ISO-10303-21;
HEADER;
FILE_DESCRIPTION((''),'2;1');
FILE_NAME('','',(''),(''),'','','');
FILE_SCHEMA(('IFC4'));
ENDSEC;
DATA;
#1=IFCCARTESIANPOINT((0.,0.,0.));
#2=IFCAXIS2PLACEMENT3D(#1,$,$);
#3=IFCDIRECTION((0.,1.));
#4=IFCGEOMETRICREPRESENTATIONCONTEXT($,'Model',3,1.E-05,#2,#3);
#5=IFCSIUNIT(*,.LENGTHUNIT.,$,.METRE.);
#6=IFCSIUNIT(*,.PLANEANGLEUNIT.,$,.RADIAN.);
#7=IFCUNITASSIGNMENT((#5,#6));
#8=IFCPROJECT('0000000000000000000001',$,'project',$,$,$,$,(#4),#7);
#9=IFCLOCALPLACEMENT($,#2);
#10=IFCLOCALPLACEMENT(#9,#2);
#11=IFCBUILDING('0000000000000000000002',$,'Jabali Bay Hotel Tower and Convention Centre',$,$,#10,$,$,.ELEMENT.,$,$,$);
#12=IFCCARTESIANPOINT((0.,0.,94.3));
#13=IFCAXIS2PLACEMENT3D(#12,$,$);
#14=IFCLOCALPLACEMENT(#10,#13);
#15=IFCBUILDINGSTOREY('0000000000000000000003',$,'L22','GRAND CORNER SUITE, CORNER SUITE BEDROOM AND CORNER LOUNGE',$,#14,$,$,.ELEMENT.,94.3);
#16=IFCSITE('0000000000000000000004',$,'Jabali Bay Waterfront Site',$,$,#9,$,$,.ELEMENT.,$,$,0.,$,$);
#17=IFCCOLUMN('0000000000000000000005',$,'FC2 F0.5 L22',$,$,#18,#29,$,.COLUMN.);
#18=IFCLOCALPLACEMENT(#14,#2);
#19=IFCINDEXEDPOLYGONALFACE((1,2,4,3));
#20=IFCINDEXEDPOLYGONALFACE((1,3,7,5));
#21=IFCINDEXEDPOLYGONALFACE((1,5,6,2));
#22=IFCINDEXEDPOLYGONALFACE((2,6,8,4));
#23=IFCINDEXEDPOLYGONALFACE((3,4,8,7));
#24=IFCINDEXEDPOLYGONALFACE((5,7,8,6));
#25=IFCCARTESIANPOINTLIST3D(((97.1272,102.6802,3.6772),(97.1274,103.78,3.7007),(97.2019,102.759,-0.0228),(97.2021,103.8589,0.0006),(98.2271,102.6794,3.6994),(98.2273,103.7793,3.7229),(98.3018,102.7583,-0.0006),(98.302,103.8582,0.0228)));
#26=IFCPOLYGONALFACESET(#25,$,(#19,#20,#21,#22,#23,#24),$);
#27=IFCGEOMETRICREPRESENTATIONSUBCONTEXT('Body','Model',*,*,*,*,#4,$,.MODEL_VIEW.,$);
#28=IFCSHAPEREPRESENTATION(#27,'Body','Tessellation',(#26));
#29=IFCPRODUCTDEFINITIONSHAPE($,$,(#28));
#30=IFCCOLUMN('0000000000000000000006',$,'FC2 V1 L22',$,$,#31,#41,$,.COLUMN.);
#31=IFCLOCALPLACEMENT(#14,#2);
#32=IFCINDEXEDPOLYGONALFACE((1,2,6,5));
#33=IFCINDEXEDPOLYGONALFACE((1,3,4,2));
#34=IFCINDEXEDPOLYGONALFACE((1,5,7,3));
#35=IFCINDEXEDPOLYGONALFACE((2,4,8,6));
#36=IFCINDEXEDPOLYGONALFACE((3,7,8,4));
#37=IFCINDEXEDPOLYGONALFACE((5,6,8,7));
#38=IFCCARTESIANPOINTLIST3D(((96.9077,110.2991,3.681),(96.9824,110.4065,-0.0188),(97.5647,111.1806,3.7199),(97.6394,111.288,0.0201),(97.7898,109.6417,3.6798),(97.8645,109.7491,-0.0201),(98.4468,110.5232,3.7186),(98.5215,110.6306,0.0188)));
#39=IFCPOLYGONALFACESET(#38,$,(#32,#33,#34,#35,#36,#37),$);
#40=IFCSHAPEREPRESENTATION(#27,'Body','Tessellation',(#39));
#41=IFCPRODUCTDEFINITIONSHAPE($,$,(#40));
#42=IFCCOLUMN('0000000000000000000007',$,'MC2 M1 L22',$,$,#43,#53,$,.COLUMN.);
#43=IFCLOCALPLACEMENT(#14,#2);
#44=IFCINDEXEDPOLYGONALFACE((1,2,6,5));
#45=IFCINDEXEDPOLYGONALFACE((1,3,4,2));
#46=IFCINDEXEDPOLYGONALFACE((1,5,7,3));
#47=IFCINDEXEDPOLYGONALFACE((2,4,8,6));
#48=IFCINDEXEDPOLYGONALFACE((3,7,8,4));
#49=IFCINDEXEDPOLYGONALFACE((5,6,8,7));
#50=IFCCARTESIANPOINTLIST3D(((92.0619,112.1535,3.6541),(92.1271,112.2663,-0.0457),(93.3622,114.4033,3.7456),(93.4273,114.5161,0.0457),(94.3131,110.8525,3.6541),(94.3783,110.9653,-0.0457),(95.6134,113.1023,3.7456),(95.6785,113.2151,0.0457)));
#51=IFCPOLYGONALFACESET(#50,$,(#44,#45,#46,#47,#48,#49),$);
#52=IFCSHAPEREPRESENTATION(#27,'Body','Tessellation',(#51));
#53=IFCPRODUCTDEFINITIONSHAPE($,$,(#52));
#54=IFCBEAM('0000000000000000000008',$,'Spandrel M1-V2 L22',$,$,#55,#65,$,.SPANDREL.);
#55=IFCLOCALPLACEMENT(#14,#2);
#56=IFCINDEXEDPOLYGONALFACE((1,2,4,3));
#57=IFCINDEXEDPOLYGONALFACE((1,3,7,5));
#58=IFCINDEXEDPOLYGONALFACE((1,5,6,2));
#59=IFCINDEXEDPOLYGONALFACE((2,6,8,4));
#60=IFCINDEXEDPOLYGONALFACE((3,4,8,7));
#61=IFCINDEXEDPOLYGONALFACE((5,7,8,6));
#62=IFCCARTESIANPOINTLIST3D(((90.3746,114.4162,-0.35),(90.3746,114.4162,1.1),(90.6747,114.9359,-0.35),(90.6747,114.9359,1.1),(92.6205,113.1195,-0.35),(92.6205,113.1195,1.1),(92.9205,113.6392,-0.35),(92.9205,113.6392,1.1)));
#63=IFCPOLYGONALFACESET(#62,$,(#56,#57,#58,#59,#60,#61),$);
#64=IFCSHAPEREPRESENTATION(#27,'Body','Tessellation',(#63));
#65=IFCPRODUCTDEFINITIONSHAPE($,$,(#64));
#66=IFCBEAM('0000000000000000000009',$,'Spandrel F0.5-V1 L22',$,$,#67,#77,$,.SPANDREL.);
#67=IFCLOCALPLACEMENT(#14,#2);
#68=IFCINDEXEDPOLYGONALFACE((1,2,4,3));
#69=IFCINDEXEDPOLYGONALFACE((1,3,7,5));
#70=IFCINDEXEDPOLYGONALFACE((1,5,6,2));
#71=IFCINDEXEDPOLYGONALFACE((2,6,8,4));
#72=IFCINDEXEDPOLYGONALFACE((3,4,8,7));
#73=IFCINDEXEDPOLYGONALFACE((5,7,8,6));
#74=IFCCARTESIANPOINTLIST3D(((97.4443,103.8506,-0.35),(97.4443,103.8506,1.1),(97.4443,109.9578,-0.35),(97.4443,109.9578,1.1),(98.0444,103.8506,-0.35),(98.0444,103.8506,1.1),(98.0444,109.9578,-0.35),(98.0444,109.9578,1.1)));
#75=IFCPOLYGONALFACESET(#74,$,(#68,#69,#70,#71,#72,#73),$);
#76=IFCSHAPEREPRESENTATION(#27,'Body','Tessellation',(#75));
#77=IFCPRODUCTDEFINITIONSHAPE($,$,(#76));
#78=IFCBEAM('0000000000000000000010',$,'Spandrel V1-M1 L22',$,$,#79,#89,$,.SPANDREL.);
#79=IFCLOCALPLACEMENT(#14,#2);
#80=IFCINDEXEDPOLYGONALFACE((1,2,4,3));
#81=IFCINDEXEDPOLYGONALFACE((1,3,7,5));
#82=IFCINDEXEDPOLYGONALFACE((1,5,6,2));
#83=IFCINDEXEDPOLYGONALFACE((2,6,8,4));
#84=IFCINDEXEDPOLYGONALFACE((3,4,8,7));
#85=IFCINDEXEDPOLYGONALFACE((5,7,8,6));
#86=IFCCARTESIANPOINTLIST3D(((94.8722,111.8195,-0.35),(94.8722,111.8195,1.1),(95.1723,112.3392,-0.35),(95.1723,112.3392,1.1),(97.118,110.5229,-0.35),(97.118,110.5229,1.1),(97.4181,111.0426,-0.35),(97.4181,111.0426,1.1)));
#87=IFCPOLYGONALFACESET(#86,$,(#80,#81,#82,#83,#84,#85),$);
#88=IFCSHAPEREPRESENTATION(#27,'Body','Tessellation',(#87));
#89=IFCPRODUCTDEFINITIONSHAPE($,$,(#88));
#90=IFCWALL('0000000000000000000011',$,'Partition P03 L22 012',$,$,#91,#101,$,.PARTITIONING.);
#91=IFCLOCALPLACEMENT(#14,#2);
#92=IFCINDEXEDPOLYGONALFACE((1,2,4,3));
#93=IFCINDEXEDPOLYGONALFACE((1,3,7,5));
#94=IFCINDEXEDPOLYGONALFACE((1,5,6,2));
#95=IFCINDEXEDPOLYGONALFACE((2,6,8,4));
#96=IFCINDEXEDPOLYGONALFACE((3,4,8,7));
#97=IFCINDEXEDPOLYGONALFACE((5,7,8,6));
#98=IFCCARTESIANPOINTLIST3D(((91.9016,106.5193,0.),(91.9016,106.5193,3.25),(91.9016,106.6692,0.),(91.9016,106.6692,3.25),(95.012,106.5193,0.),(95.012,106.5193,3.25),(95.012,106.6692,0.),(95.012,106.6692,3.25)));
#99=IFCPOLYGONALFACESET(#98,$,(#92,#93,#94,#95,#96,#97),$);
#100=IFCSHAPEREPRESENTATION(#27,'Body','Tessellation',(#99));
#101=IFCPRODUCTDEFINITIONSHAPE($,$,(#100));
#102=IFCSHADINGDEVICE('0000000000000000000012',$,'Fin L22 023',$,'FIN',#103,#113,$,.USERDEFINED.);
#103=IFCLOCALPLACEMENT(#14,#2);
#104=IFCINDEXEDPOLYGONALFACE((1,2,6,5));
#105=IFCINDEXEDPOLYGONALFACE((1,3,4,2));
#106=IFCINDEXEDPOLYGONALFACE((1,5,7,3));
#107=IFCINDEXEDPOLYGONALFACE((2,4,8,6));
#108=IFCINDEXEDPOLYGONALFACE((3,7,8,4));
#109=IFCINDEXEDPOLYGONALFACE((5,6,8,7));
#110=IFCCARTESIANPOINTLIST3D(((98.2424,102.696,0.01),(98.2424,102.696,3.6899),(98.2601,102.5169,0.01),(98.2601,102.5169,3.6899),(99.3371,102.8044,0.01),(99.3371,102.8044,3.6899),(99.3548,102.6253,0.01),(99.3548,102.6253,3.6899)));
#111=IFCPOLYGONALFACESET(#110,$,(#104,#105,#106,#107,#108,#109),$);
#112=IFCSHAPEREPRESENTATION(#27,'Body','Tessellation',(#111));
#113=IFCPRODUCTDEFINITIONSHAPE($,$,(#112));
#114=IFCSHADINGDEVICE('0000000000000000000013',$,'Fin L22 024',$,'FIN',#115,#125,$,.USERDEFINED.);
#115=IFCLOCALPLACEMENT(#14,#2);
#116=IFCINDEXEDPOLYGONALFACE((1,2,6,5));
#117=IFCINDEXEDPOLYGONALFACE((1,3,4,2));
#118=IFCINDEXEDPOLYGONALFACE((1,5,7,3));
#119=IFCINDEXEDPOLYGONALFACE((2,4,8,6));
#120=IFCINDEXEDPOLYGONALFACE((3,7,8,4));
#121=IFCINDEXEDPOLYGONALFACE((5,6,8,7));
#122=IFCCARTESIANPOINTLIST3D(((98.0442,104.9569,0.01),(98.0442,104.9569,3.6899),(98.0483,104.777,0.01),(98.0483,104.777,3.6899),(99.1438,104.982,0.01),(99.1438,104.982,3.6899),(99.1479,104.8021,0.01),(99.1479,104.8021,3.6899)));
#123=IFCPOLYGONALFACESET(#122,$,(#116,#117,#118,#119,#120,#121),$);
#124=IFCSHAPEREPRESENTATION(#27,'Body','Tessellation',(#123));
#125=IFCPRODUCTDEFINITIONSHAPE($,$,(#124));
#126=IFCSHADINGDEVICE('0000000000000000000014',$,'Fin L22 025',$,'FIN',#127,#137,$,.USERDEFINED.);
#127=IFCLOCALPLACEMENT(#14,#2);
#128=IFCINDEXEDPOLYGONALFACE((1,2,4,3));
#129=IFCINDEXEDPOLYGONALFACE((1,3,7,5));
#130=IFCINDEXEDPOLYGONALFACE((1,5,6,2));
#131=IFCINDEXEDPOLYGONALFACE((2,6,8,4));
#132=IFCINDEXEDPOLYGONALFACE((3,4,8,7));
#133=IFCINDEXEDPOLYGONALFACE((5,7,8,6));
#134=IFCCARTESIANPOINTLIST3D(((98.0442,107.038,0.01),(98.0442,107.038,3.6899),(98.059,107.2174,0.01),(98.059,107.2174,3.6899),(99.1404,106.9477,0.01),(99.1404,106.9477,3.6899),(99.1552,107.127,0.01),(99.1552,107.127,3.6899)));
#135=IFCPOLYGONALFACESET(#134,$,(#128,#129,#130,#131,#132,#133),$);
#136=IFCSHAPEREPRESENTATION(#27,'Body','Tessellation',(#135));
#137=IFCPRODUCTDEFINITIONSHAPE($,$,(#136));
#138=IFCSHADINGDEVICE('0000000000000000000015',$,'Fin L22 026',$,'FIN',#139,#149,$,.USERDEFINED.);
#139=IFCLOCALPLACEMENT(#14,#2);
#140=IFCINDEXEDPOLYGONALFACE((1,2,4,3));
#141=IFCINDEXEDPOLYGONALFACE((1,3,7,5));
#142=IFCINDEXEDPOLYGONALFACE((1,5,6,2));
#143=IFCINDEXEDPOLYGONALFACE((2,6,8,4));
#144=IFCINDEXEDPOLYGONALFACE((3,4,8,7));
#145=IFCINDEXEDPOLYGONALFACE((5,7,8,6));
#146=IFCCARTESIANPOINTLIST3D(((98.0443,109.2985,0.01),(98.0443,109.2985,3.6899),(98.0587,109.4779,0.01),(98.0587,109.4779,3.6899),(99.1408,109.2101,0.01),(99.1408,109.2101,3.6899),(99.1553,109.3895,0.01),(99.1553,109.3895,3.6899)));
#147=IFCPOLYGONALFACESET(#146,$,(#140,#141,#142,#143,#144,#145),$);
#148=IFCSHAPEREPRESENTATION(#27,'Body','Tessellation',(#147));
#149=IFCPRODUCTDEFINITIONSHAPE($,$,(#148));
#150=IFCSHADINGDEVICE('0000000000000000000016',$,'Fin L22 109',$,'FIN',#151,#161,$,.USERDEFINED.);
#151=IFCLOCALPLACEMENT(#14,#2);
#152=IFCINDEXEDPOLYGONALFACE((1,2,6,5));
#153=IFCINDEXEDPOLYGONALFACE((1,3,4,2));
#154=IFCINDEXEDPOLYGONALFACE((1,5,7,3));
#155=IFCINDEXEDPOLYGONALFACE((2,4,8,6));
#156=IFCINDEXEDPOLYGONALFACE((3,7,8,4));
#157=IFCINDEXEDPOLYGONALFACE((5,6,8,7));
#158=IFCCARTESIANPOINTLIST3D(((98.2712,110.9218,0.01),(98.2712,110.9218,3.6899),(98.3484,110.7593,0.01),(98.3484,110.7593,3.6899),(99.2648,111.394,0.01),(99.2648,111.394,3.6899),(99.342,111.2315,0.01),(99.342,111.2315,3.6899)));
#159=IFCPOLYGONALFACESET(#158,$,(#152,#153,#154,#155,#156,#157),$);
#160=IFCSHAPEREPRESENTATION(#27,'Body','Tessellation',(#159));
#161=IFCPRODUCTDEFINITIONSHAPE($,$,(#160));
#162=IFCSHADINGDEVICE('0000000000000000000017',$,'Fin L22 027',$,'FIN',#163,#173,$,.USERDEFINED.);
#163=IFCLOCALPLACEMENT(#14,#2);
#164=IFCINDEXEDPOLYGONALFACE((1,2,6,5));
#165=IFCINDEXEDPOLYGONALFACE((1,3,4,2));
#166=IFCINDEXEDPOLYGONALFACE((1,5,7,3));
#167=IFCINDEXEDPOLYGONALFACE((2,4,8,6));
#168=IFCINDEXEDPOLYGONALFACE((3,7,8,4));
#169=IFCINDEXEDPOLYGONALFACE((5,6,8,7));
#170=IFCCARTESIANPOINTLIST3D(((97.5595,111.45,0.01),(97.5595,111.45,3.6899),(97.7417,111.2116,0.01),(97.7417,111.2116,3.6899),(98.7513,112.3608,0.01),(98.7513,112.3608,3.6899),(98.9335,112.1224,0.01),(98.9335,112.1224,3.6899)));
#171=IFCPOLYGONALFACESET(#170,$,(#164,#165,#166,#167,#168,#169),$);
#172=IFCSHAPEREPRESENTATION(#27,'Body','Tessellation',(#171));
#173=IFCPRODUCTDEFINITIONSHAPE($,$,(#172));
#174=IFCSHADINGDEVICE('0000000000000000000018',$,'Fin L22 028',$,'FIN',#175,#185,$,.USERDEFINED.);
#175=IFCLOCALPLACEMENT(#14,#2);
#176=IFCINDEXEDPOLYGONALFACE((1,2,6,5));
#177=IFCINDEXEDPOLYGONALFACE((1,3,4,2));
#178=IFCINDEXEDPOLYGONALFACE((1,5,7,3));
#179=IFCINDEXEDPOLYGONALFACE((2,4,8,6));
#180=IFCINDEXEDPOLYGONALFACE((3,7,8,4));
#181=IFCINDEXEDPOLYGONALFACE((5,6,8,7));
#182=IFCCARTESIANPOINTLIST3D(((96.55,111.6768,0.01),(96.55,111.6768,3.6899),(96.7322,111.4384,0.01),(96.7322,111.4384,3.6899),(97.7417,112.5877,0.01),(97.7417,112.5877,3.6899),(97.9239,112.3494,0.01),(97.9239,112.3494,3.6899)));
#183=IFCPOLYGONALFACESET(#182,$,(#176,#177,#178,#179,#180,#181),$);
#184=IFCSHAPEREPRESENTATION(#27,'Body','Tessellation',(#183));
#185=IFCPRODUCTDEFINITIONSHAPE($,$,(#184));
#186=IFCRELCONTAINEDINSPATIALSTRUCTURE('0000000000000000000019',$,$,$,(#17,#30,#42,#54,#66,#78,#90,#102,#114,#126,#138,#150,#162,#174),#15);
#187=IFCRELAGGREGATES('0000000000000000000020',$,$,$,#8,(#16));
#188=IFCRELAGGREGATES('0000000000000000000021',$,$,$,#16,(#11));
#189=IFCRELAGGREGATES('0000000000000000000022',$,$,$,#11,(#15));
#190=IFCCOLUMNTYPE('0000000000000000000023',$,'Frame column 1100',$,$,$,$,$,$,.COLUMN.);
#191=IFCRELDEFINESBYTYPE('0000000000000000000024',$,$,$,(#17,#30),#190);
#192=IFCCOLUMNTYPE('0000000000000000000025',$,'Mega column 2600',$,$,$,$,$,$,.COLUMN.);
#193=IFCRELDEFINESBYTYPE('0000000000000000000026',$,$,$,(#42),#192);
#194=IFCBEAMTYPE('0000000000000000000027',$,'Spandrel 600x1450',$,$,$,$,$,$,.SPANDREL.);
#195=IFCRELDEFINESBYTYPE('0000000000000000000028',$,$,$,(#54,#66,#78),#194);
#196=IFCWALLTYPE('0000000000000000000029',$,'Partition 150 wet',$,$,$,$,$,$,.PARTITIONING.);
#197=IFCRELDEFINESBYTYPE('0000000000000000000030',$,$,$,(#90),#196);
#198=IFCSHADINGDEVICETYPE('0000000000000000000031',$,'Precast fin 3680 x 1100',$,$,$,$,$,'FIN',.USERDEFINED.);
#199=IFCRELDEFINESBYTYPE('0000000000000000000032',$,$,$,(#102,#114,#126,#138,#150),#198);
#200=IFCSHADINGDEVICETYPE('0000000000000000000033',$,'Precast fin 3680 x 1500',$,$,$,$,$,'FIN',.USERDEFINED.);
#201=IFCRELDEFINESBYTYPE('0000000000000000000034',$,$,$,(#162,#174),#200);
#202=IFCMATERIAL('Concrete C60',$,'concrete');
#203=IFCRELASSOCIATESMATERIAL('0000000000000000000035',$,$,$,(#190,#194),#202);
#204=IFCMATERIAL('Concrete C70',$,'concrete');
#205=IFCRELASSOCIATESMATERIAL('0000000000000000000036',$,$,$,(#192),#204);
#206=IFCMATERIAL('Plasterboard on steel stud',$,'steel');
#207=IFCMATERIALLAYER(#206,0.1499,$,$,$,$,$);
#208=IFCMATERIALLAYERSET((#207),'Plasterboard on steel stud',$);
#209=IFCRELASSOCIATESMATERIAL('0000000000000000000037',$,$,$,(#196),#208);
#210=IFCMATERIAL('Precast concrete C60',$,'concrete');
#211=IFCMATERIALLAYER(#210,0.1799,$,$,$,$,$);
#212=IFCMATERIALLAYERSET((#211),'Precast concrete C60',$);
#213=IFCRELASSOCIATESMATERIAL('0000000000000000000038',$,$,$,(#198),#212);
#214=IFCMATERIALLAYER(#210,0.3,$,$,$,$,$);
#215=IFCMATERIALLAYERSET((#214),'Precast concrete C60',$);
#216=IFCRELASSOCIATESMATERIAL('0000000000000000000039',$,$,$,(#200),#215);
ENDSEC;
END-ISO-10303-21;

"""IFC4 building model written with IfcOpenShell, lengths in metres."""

from ifc_helpers import new_model, si_unit, direction, frame, frame_2d, origin, origin_2d, place, context, subcontext, project, spatial, rectangle, extrude, material, layer, layer_set, material_profile, profile_set, type_object, element, save


model = new_model("IFC4")

# Units and contexts
model_context = context("Model", 3, precision=1e-05, world=origin(), true_north=direction((0.0, 1.0)))
body_context = subcontext(model_context, "Body", "Model", "MODEL_VIEW")
ifc_project = project(units=[si_unit("LENGTHUNIT", "METRE"), si_unit("PLANEANGLEUNIT", "RADIAN")], contexts=[model_context])

# Site, building, storey
site_placement = place(None, origin())
site = spatial("IfcSite", under=ifc_project, at=site_placement, Name="Jabali Bay Waterfront Site", CompositionType="ELEMENT", RefElevation=0.0)
building_placement = place(site_placement, origin())
building = spatial("IfcBuilding", under=site, at=building_placement, Name="Jabali Bay Hotel Tower and Convention Centre", CompositionType="ELEMENT")
storey_placement = place(building_placement, frame((0.0, 0.0, 94.3)))
storey = spatial("IfcBuildingStorey", under=building, at=storey_placement, Name="L22", Description="GRAND CORNER SUITE, CORNER SUITE BEDROOM AND CORNER LOUNGE", CompositionType="ELEMENT", Elevation=94.3)

# Columns
ifc_material_1 = material(Name="Concrete C60", Category="concrete")
ifc_material_profile_1 = material_profile(ifc_material_1, rectangle(XDim=1.1001, YDim=1.1001, at=origin_2d()), Name="Frame column 1100")
ifc_profile_set_1 = profile_set([ifc_material_profile_1], Name="Concrete C60")
column_type_1 = type_object("IfcColumnType", Name="Frame column 1100", PredefinedType="COLUMN", material=ifc_profile_set_1)
column_1_placement = place(storey_placement, frame((97.752, 103.3086, 0.0), z_axis=(-0.020183, -0.021304, 0.999569), x_axis=(0.999796, -0.000658, 0.020173)))
element("IfcColumn", 1, at=column_1_placement, inside=storey, type_object=column_type_1, Name="FC2 F0.5 L22", PredefinedType="COLUMN", context=body_context, shape_type="SweptSolid", body=[
    extrude(rectangle(XDim=1.1001, YDim=1.1001, at=origin_2d()), origin(), (0.0, 0.0, 1.0), 3.7017),
])
column_2_placement = place(storey_placement, frame((97.752, 110.5186, 0.0), z_axis=(-0.020179, -0.029015, 0.999375), x_axis=(0.597209, 0.801307, 0.035323)))
element("IfcColumn", 2, at=column_2_placement, inside=storey, type_object=column_type_1, Name="FC2 V1 L22", PredefinedType="COLUMN", context=body_context, shape_type="SweptSolid", body=[
    extrude(rectangle(XDim=1.1001, YDim=1.1001, at=origin_2d()), origin(), (0.0, 0.0, 1.0), 3.7021),
])
ifc_material_2 = material(Name="Concrete C70", Category="concrete")
ifc_material_profile_2 = material_profile(ifc_material_2, rectangle(XDim=2.6001, YDim=2.6001, at=origin_2d()), Name="Mega column 2600")
ifc_profile_set_2 = profile_set([ifc_material_profile_2], Name="Concrete C70")
column_type_2 = type_object("IfcColumnType", Name="Mega column 2600", PredefinedType="COLUMN", material=ifc_profile_set_2)
column_3_placement = place(storey_placement, frame((93.9028, 112.7407, 0.0), z_axis=(-0.017607, -0.030466, 0.999381), x_axis=(0.500065, 0.865273, 0.035188)))
element("IfcColumn", 3, at=column_3_placement, inside=storey, type_object=column_type_2, Name="MC2 M1 L22", PredefinedType="COLUMN", context=body_context, shape_type="SweptSolid", body=[
    extrude(rectangle(XDim=2.6001, YDim=2.6001, at=origin_2d()), origin(), (0.0, 0.0, 1.0), 3.7021),
])

# Beams
ifc_material_profile_3 = material_profile(ifc_material_1, rectangle(XDim=0.6001, YDim=1.45, at=origin_2d()), Name="Spandrel 600x1450")
ifc_profile_set_3 = profile_set([ifc_material_profile_3], Name="Concrete C60")
beam_type = type_object("IfcBeamType", Name="Spandrel 600x1450", PredefinedType="SPANDREL", material=ifc_profile_set_3)
beam_1_placement = place(storey_placement, frame((92.7705, 113.3794, 0.375), z_axis=(-0.866027, 0.499997, 0.0), x_axis=(-0.499997, -0.866027, 0.0)))
element("IfcBeam", 4, at=beam_1_placement, inside=storey, type_object=beam_type, Name="Spandrel M1-V2 L22", PredefinedType="SPANDREL", context=body_context, shape_type="SweptSolid", body=[
    extrude(rectangle(XDim=0.6001, YDim=1.45, at=origin_2d()), origin(), (0.0, 0.0, 1.0), 2.5933),
])
beam_2_placement = place(storey_placement, frame((97.7444, 103.8506, 0.375), z_axis=(0.0, 1.0, 0.0), x_axis=(-1.0, 0.0, 0.0)))
element("IfcBeam", 5, at=beam_2_placement, inside=storey, type_object=beam_type, Name="Spandrel F0.5-V1 L22", PredefinedType="SPANDREL", context=body_context, shape_type="SweptSolid", body=[
    extrude(rectangle(XDim=0.6001, YDim=1.45, at=origin_2d()), origin(), (0.0, 0.0, 1.0), 6.1072),
])
beam_3_placement = place(storey_placement, frame((97.2681, 110.7827, 0.375), z_axis=(-0.866027, 0.499997, 0.0), x_axis=(-0.499997, -0.866027, 0.0)))
element("IfcBeam", 6, at=beam_3_placement, inside=storey, type_object=beam_type, Name="Spandrel V1-M1 L22", PredefinedType="SPANDREL", context=body_context, shape_type="SweptSolid", body=[
    extrude(rectangle(XDim=0.6001, YDim=1.45, at=origin_2d()), origin(), (0.0, 0.0, 1.0), 2.5933),
])

# Wall
ifc_material_3 = material(Name="Plasterboard on steel stud", Category="steel")
ifc_layer_1 = layer(ifc_material_3, 0.1499)
ifc_layer_set_1 = layer_set([ifc_layer_1], Name="Plasterboard on steel stud")
wall_type_1 = type_object("IfcWallType", Name="Partition 150 wet", PredefinedType="PARTITIONING", material=ifc_layer_set_1)
wall_1_placement = place(storey_placement, frame((95.012, 106.5942, 0.0), z_axis=(0.0, 0.0, 1.0), x_axis=(-1.0, 0.0, 0.0)))
element("IfcWall", 7, at=wall_1_placement, inside=storey, type_object=wall_type_1, Name="Partition P03 L22 012", PredefinedType="PARTITIONING", context=body_context, shape_type="SweptSolid", body=[
    extrude(rectangle(XDim=3.1104, YDim=0.1499, at=frame_2d((1.5552, 0.0))), origin(), (0.0, 0.0, 1.0), 3.25),
])

# Shading devices
ifc_material_4 = material(Name="Precast concrete C60", Category="concrete")
ifc_layer_2 = layer(ifc_material_4, 0.1799)
ifc_layer_set_2 = layer_set([ifc_layer_2], Name="Precast concrete C60")
shading_device_type_1 = type_object("IfcShadingDeviceType", Name="Precast fin 3680 x 1100", ElementType="FIN", PredefinedType="USERDEFINED", material=ifc_layer_set_2)
shading_device_placement = place(storey_placement, frame((98.2512, 102.6064, 0.01), z_axis=(0.0, 0.0, 1.0), x_axis=(0.995133, 0.098537, 0.0)))
element("IfcShadingDevice", 8, at=shading_device_placement, inside=storey, type_object=shading_device_type_1, Name="Fin L22 023", ObjectType="FIN", PredefinedType="USERDEFINED", context=body_context, shape_type="SweptSolid", body=[
    extrude(rectangle(XDim=1.1001, YDim=0.1799, at=frame_2d((0.55, 0.0))), origin(), (0.0, 0.0, 1.0), 3.6799),
])
for number, where, z_axis, x_axis, name in (
    (9, (98.0464, 104.8669, 0.01), (0.0, 0.0, 1.0), (0.999739, 0.022863, 0.0), "Fin L22 024"),
    (10, (98.0518, 107.1277, 0.01), (0.0, 0.0, 1.0), (0.996622, -0.082127, 0.0), "Fin L22 025"),
):
    element("IfcShadingDevice", number, at=place(storey_placement, frame(where, z_axis=z_axis, x_axis=x_axis)), inside=storey, type_object=shading_device_type_1, Name=name, ObjectType="FIN", PredefinedType="USERDEFINED", context=body_context, shape_type="SweptSolid", body=[
        extrude(rectangle(XDim=1.0999, YDim=0.1799, at=frame_2d((0.5498, 0.0))), origin(), (0.0, 0.0, 1.0), 3.6799),
    ])
for number, where, z_axis, x_axis, name in (
    (11, (98.0515, 109.3882, 0.01), (0.0, 0.0, 1.0), (0.996767, -0.080345, 0.0), "Fin L22 026"),
    (12, (98.3098, 110.8406, 0.01), (0.0, 0.0, 1.0), (0.903213, 0.429193, 0.0), "Fin L22 109"),
):
    element("IfcShadingDevice", number, at=place(storey_placement, frame(where, z_axis=z_axis, x_axis=x_axis)), inside=storey, type_object=shading_device_type_1, Name=name, ObjectType="FIN", PredefinedType="USERDEFINED", context=body_context, shape_type="SweptSolid", body=[
        extrude(rectangle(XDim=1.1001, YDim=0.1799, at=frame_2d((0.55, 0.0))), origin(), (0.0, 0.0, 1.0), 3.6799),
    ])
ifc_layer_3 = layer(ifc_material_4, 0.3)
ifc_layer_set_3 = layer_set([ifc_layer_3], Name="Precast concrete C60")
shading_device_type_2 = type_object("IfcShadingDeviceType", Name="Precast fin 3680 x 1500", ElementType="FIN", PredefinedType="USERDEFINED", material=ifc_layer_set_3)
for number, where, z_axis, x_axis, name in (
    (13, (97.6506, 111.3308, 0.01), (0.0, 0.0, 1.0), (0.794538, 0.607214, 0.0), "Fin L22 027"),
    (14, (96.6411, 111.5576, 0.01), (0.0, 0.0, 1.0), (0.794478, 0.607293, 0.0), "Fin L22 028"),
):
    element("IfcShadingDevice", number, at=place(storey_placement, frame(where, z_axis=z_axis, x_axis=x_axis)), inside=storey, type_object=shading_device_type_2, Name=name, ObjectType="FIN", PredefinedType="USERDEFINED", context=body_context, shape_type="SweptSolid", body=[
        extrude(rectangle(XDim=1.5, YDim=0.3, at=frame_2d((0.75, 0.0))), origin(), (0.0, 0.0, 1.0), 3.6799),
    ])

save(model, "model.ifc")
